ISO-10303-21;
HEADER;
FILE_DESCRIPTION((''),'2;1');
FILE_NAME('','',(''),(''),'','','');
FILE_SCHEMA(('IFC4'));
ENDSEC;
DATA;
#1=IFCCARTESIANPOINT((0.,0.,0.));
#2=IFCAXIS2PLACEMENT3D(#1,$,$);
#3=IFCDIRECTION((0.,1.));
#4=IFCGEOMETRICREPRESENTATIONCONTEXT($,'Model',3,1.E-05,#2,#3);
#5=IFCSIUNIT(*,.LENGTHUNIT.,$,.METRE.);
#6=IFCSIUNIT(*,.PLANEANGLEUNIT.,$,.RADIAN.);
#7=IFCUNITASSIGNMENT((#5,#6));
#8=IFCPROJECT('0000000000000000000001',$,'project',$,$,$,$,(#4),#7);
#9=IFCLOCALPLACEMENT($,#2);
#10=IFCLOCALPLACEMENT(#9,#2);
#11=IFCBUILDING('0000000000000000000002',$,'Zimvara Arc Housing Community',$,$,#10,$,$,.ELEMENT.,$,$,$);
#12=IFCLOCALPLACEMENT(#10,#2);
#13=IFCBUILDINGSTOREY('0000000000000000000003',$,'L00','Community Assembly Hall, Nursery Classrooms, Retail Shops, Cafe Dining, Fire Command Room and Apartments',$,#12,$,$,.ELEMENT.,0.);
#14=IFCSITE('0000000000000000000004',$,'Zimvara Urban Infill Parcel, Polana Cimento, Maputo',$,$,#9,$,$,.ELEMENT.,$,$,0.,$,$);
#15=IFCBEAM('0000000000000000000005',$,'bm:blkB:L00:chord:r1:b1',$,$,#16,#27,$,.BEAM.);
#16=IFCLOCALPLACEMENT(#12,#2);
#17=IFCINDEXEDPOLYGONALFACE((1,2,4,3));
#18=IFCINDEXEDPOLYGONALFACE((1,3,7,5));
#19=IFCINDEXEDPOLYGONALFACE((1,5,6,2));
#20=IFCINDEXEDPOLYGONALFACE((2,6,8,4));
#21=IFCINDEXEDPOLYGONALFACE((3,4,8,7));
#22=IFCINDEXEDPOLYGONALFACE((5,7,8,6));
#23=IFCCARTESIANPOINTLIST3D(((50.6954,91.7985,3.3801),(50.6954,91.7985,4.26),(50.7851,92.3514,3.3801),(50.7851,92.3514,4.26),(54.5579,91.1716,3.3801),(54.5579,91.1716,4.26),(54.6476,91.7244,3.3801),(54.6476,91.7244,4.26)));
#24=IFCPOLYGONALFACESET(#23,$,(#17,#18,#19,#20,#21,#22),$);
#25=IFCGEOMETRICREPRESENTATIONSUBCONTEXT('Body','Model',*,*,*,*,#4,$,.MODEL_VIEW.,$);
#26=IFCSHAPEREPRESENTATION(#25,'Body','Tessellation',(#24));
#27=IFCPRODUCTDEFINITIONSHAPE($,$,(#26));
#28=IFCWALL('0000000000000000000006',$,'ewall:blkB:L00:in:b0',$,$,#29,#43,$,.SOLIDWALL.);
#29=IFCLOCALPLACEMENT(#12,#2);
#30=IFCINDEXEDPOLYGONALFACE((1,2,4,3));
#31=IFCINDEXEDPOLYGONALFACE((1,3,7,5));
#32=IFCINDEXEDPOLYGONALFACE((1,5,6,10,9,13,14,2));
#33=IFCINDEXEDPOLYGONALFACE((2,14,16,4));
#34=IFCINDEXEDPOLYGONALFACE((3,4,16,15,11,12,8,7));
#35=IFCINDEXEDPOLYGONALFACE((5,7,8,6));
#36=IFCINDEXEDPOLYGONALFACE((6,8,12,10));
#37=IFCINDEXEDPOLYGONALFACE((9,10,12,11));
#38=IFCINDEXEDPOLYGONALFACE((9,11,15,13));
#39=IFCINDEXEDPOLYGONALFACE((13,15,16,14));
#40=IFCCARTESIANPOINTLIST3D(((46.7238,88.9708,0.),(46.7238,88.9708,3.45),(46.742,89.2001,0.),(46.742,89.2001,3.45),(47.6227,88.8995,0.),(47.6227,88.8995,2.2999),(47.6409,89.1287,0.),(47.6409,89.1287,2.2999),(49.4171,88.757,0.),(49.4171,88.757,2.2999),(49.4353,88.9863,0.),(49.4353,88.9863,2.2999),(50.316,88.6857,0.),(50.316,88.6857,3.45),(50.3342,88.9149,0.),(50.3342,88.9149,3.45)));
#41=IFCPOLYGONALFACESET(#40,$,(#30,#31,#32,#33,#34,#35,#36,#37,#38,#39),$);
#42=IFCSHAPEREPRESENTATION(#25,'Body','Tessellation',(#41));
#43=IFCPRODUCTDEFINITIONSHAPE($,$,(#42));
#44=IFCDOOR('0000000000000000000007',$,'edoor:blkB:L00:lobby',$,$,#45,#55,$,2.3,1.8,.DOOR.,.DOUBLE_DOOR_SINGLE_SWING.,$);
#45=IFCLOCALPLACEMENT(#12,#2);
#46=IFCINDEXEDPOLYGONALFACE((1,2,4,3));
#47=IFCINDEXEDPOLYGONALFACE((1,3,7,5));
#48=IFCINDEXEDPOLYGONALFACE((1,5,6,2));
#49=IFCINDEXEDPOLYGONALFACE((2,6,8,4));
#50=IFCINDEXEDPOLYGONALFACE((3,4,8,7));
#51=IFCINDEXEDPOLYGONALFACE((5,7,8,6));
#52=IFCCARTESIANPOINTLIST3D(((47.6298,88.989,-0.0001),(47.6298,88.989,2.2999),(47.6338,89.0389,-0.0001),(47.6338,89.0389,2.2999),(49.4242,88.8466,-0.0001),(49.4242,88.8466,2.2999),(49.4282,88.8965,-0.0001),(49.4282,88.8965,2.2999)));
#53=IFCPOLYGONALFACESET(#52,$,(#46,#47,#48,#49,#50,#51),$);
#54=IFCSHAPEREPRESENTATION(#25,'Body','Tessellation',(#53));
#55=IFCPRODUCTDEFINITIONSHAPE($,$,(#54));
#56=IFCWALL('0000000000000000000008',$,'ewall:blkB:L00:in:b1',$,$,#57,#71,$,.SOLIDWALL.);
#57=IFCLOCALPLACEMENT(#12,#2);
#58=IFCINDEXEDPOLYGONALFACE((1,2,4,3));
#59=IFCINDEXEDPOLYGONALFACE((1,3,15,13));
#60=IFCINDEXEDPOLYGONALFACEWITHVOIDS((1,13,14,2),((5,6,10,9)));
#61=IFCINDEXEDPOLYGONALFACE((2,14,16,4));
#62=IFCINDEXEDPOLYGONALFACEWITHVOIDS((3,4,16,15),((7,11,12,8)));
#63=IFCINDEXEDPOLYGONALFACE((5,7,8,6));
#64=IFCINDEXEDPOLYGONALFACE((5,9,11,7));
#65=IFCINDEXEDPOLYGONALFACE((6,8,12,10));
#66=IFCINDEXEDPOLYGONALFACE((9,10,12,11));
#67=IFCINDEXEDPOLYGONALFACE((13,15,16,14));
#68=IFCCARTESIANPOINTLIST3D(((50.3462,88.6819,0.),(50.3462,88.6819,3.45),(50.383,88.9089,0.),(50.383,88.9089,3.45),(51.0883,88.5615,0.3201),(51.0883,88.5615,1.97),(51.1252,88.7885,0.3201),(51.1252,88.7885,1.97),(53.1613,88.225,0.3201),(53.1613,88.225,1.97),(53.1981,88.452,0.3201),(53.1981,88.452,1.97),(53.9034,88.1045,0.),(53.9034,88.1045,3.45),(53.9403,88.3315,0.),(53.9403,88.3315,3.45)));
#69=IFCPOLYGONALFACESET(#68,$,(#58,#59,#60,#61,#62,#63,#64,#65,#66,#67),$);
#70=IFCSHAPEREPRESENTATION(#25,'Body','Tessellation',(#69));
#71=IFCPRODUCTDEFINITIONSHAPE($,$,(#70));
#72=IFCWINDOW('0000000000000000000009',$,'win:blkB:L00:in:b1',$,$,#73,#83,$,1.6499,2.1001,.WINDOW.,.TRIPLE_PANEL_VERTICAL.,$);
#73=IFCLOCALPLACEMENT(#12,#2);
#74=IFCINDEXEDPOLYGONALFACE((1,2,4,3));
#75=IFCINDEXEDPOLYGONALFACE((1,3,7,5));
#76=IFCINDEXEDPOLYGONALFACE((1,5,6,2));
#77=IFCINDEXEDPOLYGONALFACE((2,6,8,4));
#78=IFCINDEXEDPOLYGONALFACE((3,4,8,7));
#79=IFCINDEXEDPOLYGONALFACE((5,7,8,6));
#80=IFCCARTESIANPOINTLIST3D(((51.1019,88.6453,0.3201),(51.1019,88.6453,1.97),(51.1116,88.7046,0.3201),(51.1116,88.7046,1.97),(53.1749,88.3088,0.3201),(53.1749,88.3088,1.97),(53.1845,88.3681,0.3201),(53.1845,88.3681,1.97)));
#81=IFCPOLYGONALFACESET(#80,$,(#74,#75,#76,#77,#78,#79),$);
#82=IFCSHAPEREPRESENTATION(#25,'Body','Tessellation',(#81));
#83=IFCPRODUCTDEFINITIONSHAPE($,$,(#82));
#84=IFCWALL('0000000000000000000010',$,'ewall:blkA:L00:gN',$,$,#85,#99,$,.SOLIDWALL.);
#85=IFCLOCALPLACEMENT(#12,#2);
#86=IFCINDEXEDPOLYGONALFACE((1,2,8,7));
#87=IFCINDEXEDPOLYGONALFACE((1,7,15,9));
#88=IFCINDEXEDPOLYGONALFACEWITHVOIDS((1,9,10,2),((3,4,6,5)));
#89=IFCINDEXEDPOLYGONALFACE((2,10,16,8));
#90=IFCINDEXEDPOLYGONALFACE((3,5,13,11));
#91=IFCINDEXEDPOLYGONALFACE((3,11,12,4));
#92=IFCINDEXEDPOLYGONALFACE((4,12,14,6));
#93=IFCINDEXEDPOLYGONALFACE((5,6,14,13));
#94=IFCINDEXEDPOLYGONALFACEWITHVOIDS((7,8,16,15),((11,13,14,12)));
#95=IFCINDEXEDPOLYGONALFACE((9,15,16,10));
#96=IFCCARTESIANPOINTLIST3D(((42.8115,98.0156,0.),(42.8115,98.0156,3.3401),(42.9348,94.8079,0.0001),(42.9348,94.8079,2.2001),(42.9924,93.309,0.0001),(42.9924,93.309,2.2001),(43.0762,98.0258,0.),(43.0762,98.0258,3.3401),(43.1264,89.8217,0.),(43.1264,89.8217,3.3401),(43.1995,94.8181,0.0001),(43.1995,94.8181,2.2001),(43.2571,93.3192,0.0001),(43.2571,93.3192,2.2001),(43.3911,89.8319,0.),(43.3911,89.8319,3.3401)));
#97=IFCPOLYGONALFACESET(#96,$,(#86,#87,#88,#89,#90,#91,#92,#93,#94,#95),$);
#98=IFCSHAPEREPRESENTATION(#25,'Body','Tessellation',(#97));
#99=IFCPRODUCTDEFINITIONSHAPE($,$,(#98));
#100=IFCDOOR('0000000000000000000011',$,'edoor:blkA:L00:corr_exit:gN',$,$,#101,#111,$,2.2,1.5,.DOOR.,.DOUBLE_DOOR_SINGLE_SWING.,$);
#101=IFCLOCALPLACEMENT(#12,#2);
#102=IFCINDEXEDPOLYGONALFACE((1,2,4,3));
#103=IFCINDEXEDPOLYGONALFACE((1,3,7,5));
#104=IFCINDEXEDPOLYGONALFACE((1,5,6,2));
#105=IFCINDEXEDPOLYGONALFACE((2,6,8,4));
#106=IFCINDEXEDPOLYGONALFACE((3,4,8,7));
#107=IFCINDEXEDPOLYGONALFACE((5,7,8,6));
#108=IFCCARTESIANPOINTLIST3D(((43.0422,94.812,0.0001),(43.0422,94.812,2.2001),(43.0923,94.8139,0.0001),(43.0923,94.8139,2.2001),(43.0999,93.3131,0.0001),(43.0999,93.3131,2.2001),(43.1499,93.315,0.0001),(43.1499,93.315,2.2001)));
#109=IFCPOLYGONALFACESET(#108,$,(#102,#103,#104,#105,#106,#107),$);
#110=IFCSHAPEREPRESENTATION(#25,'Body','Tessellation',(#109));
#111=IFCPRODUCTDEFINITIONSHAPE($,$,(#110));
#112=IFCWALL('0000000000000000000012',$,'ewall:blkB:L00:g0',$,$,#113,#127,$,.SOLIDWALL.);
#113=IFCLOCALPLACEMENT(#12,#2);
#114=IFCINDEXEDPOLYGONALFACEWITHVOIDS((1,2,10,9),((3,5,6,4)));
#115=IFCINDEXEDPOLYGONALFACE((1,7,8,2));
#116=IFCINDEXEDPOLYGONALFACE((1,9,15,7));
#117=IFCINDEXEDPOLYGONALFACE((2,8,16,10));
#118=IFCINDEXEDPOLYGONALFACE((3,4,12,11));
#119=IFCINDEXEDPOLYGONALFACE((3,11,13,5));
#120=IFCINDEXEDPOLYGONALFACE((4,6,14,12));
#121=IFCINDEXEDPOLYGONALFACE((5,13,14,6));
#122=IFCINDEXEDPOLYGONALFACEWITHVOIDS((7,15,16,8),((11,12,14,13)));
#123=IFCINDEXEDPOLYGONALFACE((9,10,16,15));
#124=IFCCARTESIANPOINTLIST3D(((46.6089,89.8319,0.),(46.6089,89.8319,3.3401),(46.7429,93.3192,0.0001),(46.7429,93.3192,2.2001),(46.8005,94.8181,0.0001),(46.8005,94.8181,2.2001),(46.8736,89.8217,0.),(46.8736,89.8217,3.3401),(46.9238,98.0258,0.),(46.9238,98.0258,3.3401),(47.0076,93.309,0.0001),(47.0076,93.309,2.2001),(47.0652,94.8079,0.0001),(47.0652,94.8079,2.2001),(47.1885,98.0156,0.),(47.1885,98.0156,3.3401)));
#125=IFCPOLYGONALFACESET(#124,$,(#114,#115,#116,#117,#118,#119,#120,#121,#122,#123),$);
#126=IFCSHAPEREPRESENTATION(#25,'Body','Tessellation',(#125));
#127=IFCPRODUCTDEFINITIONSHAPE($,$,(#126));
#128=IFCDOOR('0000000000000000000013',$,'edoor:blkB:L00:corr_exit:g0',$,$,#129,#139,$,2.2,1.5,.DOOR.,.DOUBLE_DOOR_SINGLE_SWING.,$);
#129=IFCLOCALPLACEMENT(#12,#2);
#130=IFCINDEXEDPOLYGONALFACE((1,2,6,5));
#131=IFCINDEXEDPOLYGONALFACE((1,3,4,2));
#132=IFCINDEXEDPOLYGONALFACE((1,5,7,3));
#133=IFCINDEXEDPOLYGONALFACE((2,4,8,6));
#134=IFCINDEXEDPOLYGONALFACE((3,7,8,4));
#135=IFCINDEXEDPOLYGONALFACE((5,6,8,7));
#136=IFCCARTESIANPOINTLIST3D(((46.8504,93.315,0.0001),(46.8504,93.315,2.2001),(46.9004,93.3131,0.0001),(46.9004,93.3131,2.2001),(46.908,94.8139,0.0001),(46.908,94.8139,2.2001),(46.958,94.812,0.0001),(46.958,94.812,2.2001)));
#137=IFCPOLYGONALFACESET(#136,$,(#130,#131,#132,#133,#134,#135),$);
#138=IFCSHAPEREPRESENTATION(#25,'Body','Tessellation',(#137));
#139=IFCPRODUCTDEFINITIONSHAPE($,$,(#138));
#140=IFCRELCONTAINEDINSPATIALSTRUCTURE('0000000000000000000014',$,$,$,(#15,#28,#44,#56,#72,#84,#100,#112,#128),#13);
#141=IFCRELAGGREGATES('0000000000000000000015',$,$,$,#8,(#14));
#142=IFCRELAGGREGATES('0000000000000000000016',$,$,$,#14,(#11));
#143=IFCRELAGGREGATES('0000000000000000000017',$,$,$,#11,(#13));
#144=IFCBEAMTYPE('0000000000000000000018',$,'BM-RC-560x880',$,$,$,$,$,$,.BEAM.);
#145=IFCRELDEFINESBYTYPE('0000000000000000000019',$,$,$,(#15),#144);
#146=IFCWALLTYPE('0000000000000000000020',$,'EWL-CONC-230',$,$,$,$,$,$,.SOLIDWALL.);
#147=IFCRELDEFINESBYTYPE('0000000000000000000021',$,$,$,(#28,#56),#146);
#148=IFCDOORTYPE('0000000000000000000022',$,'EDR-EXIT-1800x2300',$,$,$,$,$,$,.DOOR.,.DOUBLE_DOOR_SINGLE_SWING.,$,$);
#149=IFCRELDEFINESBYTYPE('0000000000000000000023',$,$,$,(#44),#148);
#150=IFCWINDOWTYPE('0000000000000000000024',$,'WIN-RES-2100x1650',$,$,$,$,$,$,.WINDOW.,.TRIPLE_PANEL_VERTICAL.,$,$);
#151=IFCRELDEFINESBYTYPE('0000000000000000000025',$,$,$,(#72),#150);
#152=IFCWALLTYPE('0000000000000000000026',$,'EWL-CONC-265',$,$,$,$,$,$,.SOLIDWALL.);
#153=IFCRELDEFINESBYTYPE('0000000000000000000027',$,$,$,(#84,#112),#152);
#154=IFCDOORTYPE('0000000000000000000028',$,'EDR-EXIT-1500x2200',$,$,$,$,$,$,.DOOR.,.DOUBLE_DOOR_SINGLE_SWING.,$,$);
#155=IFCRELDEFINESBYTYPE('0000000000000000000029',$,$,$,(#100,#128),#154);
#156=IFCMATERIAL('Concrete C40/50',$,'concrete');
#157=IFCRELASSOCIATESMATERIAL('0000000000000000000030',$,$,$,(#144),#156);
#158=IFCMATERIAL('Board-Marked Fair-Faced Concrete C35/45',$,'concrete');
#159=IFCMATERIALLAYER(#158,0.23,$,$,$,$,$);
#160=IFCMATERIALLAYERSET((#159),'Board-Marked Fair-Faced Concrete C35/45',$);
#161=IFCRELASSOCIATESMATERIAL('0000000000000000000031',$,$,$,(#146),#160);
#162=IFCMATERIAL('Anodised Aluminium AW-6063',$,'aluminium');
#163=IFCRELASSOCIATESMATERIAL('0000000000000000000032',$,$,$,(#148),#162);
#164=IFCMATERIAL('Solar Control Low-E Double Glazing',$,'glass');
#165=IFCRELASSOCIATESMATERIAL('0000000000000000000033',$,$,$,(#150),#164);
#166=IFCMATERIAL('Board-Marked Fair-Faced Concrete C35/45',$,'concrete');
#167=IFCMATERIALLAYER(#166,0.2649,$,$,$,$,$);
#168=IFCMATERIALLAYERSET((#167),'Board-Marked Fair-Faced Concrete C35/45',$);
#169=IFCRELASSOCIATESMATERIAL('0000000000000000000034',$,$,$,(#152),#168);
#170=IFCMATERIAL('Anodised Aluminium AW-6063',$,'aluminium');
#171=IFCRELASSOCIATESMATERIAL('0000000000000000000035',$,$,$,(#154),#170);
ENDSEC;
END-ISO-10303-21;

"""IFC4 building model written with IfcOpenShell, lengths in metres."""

from ifc_helpers import new_model, si_unit, direction, frame, frame_2d, origin, origin_2d, place, context, subcontext, project, spatial, rectangle, extrude, material, layer, layer_set, material_profile, profile_set, type_object, element, fill, save


model = new_model("IFC4")

# Units and contexts
model_context = context("Model", 3, precision=1e-05, world=origin(), true_north=direction((0.0, 1.0)))
body_context = subcontext(model_context, "Body", "Model", "MODEL_VIEW")
ifc_project = project(units=[si_unit("LENGTHUNIT", "METRE"), si_unit("PLANEANGLEUNIT", "RADIAN")], contexts=[model_context])

# Site, building, storey
site_placement = place(None, origin())
site = spatial("IfcSite", under=ifc_project, at=site_placement, Name="Zimvara Urban Infill Parcel, Polana Cimento, Maputo", CompositionType="ELEMENT", RefElevation=0.0)
building_placement = place(site_placement, origin())
building = spatial("IfcBuilding", under=site, at=building_placement, Name="Zimvara Arc Housing Community", CompositionType="ELEMENT")
storey_placement = place(building_placement, origin())
storey = spatial("IfcBuildingStorey", under=building, at=storey_placement, Name="L00", Description="Community Assembly Hall, Nursery Classrooms, Retail Shops, Cafe Dining, Fire Command Room and Apartments", CompositionType="ELEMENT", Elevation=0.0)

# Beam
ifc_material_1 = material(Name="Concrete C40/50", Category="concrete")
ifc_material_profile_1 = material_profile(ifc_material_1, rectangle(XDim=0.5601, YDim=0.8799, at=origin_2d()), Name="RC 560x880")
ifc_profile_set_1 = profile_set([ifc_material_profile_1], Name="Concrete C40/50")
beam_type_1 = type_object("IfcBeamType", Name="BM-RC-560x880", PredefinedType="BEAM", material=ifc_profile_set_1)
beam_1_placement = place(storey_placement, frame((50.7402, 92.075, 3.8201), z_axis=(0.987081, -0.160219, 0.0), x_axis=(0.160219, 0.987081, 0.0)))
element("IfcBeam", 1, at=beam_1_placement, inside=storey, type_object=beam_type_1, Name="bm:blkB:L00:chord:r1:b1", PredefinedType="BEAM", context=body_context, shape_type="SweptSolid", body=[
    extrude(rectangle(XDim=0.5601, YDim=0.8799, at=origin_2d()), origin(), (0.0, 0.0, 1.0), 3.9131),
])

# Wall, opening, door
ifc_material_2 = material(Name="Board-Marked Fair-Faced Concrete C35/45", Category="concrete")
ifc_layer_1 = layer(ifc_material_2, 0.23)
ifc_layer_set_1 = layer_set([ifc_layer_1], Name="Board-Marked Fair-Faced Concrete C35/45")
wall_type_1 = type_object("IfcWallType", Name="EWL-CONC-230", PredefinedType="SOLIDWALL", material=ifc_layer_set_1)
wall_1_placement = place(storey_placement, frame((46.7329, 89.0854, 0.0), z_axis=(0.0, 0.0, 1.0), x_axis=(0.996864, -0.079131, 0.0)))
wall_1 = element("IfcWall", 2, at=wall_1_placement, inside=storey, type_object=wall_type_1, Name="ewall:blkB:L00:in:b0", PredefinedType="SOLIDWALL", context=body_context, shape_type="SweptSolid", body=[
    extrude(rectangle(XDim=3.6035, YDim=0.23, at=frame_2d((1.8018, 0.0))), origin(), (0.0, 0.0, 1.0), 3.45),
])
opening_1_placement = place(wall_1_placement, frame((0.9019, 0.0, 0.0)))
opening_1 = element("IfcOpeningElement", 3, at=opening_1_placement, cuts=wall_1, PredefinedType="OPENING", context=body_context, shape_type="SweptSolid", body=[
    extrude(rectangle(XDim=1.8, YDim=2.3, at=frame_2d((0.8999, 1.1499))), frame((0.0, 0.125, 0.0), z_axis=(0.0, -1.0, 0.0), x_axis=(1.0, 0.0, 0.0)), (0.0, 0.0, 1.0), 0.25),
])
ifc_material_3 = material(Name="Anodised Aluminium AW-6063", Category="aluminium")
door_type_1 = type_object("IfcDoorType", Name="EDR-EXIT-1800x2300", OperationType="DOUBLE_DOOR_SINGLE_SWING", PredefinedType="DOOR", material=ifc_material_3)
door_1_placement = place(opening_1_placement, origin())
door_1 = element("IfcDoor", 4, at=door_1_placement, inside=storey, type_object=door_type_1, Name="edoor:blkB:L00:lobby", OperationType="DOUBLE_DOOR_SINGLE_SWING", OverallHeight=2.3, OverallWidth=1.8, PredefinedType="DOOR", context=body_context, shape_type="SweptSolid", body=[
    extrude(rectangle(XDim=1.8, YDim=2.3, at=frame_2d((0.8999, 1.1499))), frame((0.0, 0.0249, 0.0), z_axis=(0.0, -1.0, 0.0), x_axis=(1.0, 0.0, 0.0)), (0.0, 0.0, 1.0), 0.05),
])
fill(opening_1, door_1)

# Wall, opening, window
wall_2_placement = place(storey_placement, frame((50.3647, 88.7954, 0.0), z_axis=(0.0, 0.0, 1.0), x_axis=(0.987081, -0.160223, 0.0)))
wall_2 = element("IfcWall", 5, at=wall_2_placement, inside=storey, type_object=wall_type_1, Name="ewall:blkB:L00:in:b1", PredefinedType="SOLIDWALL", context=body_context, shape_type="SweptSolid", body=[
    extrude(rectangle(XDim=3.6038, YDim=0.23, at=frame_2d((1.8018, 0.0))), origin(), (0.0, 0.0, 1.0), 3.45),
])
opening_2_placement = place(wall_2_placement, frame((0.7517, 0.0, 0.3201)))
opening_2 = element("IfcOpeningElement", 6, at=opening_2_placement, cuts=wall_2, PredefinedType="OPENING", context=body_context, shape_type="SweptSolid", body=[
    extrude(rectangle(XDim=2.1001, YDim=1.6499, at=frame_2d((1.05, 0.825))), frame((0.0, 0.125, 0.0), z_axis=(0.0, -1.0, 0.0), x_axis=(1.0, 0.0, 0.0)), (0.0, 0.0, 1.0), 0.25),
])
ifc_material_4 = material(Name="Solar Control Low-E Double Glazing", Category="glass")
window_type = type_object("IfcWindowType", Name="WIN-RES-2100x1650", PartitioningType="TRIPLE_PANEL_VERTICAL", PredefinedType="WINDOW", material=ifc_material_4)
window_placement = place(opening_2_placement, origin())
window = element("IfcWindow", 7, at=window_placement, inside=storey, type_object=window_type, Name="win:blkB:L00:in:b1", OverallHeight=1.6499, OverallWidth=2.1001, PartitioningType="TRIPLE_PANEL_VERTICAL", PredefinedType="WINDOW", context=body_context, shape_type="SweptSolid", body=[
    extrude(rectangle(XDim=2.1001, YDim=1.6499, at=frame_2d((1.05, 0.825))), frame((0.0, 0.03, 0.0), z_axis=(0.0, -1.0, 0.0), x_axis=(1.0, 0.0, 0.0)), (0.0, 0.0, 1.0), 0.0601),
])
fill(opening_2, window)

# Walls, openings, doors
ifc_material_5 = material(Name="Board-Marked Fair-Faced Concrete C35/45", Category="concrete")
ifc_layer_2 = layer(ifc_material_5, 0.2649)
ifc_layer_set_2 = layer_set([ifc_layer_2], Name="Board-Marked Fair-Faced Concrete C35/45")
wall_type_2 = type_object("IfcWallType", Name="EWL-CONC-265", PredefinedType="SOLIDWALL", material=ifc_layer_set_2)
wall_3_placement = place(storey_placement, frame((43.2588, 89.8267, 0.0), z_axis=(0.0, 0.0, 1.0), x_axis=(-0.038408, 0.999262, 0.0)))
wall_3 = element("IfcWall", 8, at=wall_3_placement, inside=storey, type_object=wall_type_2, Name="ewall:blkA:L00:gN", PredefinedType="SOLIDWALL", context=body_context, shape_type="SweptSolid", body=[
    extrude(rectangle(XDim=8.2, YDim=0.2649, at=frame_2d((4.1001, 0.0))), origin(), (0.0, 0.0, 1.0), 3.3401),
])
opening_3_placement = place(wall_3_placement, frame((3.49, 0.0, 0.0)))
opening_3 = element("IfcOpeningElement", 9, at=opening_3_placement, cuts=wall_3, PredefinedType="OPENING", context=body_context, shape_type="SweptSolid", body=[
    extrude(rectangle(XDim=1.5, YDim=2.2, at=frame_2d((0.75, 1.1001))), frame((0.0, 0.1423, 0.0), z_axis=(0.0, -1.0, 0.0), x_axis=(1.0, 0.0, 0.0)), (0.0, 0.0, 1.0), 0.2849),
])
ifc_material_6 = material(Name="Anodised Aluminium AW-6063", Category="aluminium")
door_type_2 = type_object("IfcDoorType", Name="EDR-EXIT-1500x2200", OperationType="DOUBLE_DOOR_SINGLE_SWING", PredefinedType="DOOR", material=ifc_material_6)
door_2_placement = place(opening_3_placement, origin())
door_2 = element("IfcDoor", 10, at=door_2_placement, inside=storey, type_object=door_type_2, Name="edoor:blkA:L00:corr_exit:gN", OperationType="DOUBLE_DOOR_SINGLE_SWING", OverallHeight=2.2, OverallWidth=1.5, PredefinedType="DOOR", context=body_context, shape_type="SweptSolid", body=[
    extrude(rectangle(XDim=1.5, YDim=2.2, at=frame_2d((0.75, 1.1001))), frame((0.0, 0.0249, 0.0), z_axis=(0.0, -1.0, 0.0), x_axis=(1.0, 0.0, 0.0)), (0.0, 0.0, 1.0), 0.05),
])
fill(opening_3, door_2)
wall_4_placement = place(storey_placement, frame((46.7412, 89.8267, 0.0), z_axis=(0.0, 0.0, 1.0), x_axis=(0.038408, 0.999262, 0.0)))
wall_4 = element("IfcWall", 11, at=wall_4_placement, inside=storey, type_object=wall_type_2, Name="ewall:blkB:L00:g0", PredefinedType="SOLIDWALL", context=body_context, shape_type="SweptSolid", body=[
    extrude(rectangle(XDim=8.2, YDim=0.2649, at=frame_2d((4.1001, 0.0))), origin(), (0.0, 0.0, 1.0), 3.3401),
])
opening_4_placement = place(wall_4_placement, frame((3.49, 0.0, 0.0)))
opening_4 = element("IfcOpeningElement", 12, at=opening_4_placement, cuts=wall_4, PredefinedType="OPENING", context=body_context, shape_type="SweptSolid", body=[
    extrude(rectangle(XDim=1.5, YDim=2.2, at=frame_2d((0.75, 1.1001))), frame((0.0, 0.1423, 0.0), z_axis=(0.0, -1.0, 0.0), x_axis=(1.0, 0.0, 0.0)), (0.0, 0.0, 1.0), 0.2849),
])
door_3_placement = place(opening_4_placement, origin())
door_3 = element("IfcDoor", 13, at=door_3_placement, inside=storey, type_object=door_type_2, Name="edoor:blkB:L00:corr_exit:g0", OperationType="DOUBLE_DOOR_SINGLE_SWING", OverallHeight=2.2, OverallWidth=1.5, PredefinedType="DOOR", context=body_context, shape_type="SweptSolid", body=[
    extrude(rectangle(XDim=1.5, YDim=2.2, at=frame_2d((0.75, 1.1001))), frame((0.0, 0.0249, 0.0), z_axis=(0.0, -1.0, 0.0), x_axis=(1.0, 0.0, 0.0)), (0.0, 0.0, 1.0), 0.05),
])
fill(opening_4, door_3)

save(model, "model.ifc")
